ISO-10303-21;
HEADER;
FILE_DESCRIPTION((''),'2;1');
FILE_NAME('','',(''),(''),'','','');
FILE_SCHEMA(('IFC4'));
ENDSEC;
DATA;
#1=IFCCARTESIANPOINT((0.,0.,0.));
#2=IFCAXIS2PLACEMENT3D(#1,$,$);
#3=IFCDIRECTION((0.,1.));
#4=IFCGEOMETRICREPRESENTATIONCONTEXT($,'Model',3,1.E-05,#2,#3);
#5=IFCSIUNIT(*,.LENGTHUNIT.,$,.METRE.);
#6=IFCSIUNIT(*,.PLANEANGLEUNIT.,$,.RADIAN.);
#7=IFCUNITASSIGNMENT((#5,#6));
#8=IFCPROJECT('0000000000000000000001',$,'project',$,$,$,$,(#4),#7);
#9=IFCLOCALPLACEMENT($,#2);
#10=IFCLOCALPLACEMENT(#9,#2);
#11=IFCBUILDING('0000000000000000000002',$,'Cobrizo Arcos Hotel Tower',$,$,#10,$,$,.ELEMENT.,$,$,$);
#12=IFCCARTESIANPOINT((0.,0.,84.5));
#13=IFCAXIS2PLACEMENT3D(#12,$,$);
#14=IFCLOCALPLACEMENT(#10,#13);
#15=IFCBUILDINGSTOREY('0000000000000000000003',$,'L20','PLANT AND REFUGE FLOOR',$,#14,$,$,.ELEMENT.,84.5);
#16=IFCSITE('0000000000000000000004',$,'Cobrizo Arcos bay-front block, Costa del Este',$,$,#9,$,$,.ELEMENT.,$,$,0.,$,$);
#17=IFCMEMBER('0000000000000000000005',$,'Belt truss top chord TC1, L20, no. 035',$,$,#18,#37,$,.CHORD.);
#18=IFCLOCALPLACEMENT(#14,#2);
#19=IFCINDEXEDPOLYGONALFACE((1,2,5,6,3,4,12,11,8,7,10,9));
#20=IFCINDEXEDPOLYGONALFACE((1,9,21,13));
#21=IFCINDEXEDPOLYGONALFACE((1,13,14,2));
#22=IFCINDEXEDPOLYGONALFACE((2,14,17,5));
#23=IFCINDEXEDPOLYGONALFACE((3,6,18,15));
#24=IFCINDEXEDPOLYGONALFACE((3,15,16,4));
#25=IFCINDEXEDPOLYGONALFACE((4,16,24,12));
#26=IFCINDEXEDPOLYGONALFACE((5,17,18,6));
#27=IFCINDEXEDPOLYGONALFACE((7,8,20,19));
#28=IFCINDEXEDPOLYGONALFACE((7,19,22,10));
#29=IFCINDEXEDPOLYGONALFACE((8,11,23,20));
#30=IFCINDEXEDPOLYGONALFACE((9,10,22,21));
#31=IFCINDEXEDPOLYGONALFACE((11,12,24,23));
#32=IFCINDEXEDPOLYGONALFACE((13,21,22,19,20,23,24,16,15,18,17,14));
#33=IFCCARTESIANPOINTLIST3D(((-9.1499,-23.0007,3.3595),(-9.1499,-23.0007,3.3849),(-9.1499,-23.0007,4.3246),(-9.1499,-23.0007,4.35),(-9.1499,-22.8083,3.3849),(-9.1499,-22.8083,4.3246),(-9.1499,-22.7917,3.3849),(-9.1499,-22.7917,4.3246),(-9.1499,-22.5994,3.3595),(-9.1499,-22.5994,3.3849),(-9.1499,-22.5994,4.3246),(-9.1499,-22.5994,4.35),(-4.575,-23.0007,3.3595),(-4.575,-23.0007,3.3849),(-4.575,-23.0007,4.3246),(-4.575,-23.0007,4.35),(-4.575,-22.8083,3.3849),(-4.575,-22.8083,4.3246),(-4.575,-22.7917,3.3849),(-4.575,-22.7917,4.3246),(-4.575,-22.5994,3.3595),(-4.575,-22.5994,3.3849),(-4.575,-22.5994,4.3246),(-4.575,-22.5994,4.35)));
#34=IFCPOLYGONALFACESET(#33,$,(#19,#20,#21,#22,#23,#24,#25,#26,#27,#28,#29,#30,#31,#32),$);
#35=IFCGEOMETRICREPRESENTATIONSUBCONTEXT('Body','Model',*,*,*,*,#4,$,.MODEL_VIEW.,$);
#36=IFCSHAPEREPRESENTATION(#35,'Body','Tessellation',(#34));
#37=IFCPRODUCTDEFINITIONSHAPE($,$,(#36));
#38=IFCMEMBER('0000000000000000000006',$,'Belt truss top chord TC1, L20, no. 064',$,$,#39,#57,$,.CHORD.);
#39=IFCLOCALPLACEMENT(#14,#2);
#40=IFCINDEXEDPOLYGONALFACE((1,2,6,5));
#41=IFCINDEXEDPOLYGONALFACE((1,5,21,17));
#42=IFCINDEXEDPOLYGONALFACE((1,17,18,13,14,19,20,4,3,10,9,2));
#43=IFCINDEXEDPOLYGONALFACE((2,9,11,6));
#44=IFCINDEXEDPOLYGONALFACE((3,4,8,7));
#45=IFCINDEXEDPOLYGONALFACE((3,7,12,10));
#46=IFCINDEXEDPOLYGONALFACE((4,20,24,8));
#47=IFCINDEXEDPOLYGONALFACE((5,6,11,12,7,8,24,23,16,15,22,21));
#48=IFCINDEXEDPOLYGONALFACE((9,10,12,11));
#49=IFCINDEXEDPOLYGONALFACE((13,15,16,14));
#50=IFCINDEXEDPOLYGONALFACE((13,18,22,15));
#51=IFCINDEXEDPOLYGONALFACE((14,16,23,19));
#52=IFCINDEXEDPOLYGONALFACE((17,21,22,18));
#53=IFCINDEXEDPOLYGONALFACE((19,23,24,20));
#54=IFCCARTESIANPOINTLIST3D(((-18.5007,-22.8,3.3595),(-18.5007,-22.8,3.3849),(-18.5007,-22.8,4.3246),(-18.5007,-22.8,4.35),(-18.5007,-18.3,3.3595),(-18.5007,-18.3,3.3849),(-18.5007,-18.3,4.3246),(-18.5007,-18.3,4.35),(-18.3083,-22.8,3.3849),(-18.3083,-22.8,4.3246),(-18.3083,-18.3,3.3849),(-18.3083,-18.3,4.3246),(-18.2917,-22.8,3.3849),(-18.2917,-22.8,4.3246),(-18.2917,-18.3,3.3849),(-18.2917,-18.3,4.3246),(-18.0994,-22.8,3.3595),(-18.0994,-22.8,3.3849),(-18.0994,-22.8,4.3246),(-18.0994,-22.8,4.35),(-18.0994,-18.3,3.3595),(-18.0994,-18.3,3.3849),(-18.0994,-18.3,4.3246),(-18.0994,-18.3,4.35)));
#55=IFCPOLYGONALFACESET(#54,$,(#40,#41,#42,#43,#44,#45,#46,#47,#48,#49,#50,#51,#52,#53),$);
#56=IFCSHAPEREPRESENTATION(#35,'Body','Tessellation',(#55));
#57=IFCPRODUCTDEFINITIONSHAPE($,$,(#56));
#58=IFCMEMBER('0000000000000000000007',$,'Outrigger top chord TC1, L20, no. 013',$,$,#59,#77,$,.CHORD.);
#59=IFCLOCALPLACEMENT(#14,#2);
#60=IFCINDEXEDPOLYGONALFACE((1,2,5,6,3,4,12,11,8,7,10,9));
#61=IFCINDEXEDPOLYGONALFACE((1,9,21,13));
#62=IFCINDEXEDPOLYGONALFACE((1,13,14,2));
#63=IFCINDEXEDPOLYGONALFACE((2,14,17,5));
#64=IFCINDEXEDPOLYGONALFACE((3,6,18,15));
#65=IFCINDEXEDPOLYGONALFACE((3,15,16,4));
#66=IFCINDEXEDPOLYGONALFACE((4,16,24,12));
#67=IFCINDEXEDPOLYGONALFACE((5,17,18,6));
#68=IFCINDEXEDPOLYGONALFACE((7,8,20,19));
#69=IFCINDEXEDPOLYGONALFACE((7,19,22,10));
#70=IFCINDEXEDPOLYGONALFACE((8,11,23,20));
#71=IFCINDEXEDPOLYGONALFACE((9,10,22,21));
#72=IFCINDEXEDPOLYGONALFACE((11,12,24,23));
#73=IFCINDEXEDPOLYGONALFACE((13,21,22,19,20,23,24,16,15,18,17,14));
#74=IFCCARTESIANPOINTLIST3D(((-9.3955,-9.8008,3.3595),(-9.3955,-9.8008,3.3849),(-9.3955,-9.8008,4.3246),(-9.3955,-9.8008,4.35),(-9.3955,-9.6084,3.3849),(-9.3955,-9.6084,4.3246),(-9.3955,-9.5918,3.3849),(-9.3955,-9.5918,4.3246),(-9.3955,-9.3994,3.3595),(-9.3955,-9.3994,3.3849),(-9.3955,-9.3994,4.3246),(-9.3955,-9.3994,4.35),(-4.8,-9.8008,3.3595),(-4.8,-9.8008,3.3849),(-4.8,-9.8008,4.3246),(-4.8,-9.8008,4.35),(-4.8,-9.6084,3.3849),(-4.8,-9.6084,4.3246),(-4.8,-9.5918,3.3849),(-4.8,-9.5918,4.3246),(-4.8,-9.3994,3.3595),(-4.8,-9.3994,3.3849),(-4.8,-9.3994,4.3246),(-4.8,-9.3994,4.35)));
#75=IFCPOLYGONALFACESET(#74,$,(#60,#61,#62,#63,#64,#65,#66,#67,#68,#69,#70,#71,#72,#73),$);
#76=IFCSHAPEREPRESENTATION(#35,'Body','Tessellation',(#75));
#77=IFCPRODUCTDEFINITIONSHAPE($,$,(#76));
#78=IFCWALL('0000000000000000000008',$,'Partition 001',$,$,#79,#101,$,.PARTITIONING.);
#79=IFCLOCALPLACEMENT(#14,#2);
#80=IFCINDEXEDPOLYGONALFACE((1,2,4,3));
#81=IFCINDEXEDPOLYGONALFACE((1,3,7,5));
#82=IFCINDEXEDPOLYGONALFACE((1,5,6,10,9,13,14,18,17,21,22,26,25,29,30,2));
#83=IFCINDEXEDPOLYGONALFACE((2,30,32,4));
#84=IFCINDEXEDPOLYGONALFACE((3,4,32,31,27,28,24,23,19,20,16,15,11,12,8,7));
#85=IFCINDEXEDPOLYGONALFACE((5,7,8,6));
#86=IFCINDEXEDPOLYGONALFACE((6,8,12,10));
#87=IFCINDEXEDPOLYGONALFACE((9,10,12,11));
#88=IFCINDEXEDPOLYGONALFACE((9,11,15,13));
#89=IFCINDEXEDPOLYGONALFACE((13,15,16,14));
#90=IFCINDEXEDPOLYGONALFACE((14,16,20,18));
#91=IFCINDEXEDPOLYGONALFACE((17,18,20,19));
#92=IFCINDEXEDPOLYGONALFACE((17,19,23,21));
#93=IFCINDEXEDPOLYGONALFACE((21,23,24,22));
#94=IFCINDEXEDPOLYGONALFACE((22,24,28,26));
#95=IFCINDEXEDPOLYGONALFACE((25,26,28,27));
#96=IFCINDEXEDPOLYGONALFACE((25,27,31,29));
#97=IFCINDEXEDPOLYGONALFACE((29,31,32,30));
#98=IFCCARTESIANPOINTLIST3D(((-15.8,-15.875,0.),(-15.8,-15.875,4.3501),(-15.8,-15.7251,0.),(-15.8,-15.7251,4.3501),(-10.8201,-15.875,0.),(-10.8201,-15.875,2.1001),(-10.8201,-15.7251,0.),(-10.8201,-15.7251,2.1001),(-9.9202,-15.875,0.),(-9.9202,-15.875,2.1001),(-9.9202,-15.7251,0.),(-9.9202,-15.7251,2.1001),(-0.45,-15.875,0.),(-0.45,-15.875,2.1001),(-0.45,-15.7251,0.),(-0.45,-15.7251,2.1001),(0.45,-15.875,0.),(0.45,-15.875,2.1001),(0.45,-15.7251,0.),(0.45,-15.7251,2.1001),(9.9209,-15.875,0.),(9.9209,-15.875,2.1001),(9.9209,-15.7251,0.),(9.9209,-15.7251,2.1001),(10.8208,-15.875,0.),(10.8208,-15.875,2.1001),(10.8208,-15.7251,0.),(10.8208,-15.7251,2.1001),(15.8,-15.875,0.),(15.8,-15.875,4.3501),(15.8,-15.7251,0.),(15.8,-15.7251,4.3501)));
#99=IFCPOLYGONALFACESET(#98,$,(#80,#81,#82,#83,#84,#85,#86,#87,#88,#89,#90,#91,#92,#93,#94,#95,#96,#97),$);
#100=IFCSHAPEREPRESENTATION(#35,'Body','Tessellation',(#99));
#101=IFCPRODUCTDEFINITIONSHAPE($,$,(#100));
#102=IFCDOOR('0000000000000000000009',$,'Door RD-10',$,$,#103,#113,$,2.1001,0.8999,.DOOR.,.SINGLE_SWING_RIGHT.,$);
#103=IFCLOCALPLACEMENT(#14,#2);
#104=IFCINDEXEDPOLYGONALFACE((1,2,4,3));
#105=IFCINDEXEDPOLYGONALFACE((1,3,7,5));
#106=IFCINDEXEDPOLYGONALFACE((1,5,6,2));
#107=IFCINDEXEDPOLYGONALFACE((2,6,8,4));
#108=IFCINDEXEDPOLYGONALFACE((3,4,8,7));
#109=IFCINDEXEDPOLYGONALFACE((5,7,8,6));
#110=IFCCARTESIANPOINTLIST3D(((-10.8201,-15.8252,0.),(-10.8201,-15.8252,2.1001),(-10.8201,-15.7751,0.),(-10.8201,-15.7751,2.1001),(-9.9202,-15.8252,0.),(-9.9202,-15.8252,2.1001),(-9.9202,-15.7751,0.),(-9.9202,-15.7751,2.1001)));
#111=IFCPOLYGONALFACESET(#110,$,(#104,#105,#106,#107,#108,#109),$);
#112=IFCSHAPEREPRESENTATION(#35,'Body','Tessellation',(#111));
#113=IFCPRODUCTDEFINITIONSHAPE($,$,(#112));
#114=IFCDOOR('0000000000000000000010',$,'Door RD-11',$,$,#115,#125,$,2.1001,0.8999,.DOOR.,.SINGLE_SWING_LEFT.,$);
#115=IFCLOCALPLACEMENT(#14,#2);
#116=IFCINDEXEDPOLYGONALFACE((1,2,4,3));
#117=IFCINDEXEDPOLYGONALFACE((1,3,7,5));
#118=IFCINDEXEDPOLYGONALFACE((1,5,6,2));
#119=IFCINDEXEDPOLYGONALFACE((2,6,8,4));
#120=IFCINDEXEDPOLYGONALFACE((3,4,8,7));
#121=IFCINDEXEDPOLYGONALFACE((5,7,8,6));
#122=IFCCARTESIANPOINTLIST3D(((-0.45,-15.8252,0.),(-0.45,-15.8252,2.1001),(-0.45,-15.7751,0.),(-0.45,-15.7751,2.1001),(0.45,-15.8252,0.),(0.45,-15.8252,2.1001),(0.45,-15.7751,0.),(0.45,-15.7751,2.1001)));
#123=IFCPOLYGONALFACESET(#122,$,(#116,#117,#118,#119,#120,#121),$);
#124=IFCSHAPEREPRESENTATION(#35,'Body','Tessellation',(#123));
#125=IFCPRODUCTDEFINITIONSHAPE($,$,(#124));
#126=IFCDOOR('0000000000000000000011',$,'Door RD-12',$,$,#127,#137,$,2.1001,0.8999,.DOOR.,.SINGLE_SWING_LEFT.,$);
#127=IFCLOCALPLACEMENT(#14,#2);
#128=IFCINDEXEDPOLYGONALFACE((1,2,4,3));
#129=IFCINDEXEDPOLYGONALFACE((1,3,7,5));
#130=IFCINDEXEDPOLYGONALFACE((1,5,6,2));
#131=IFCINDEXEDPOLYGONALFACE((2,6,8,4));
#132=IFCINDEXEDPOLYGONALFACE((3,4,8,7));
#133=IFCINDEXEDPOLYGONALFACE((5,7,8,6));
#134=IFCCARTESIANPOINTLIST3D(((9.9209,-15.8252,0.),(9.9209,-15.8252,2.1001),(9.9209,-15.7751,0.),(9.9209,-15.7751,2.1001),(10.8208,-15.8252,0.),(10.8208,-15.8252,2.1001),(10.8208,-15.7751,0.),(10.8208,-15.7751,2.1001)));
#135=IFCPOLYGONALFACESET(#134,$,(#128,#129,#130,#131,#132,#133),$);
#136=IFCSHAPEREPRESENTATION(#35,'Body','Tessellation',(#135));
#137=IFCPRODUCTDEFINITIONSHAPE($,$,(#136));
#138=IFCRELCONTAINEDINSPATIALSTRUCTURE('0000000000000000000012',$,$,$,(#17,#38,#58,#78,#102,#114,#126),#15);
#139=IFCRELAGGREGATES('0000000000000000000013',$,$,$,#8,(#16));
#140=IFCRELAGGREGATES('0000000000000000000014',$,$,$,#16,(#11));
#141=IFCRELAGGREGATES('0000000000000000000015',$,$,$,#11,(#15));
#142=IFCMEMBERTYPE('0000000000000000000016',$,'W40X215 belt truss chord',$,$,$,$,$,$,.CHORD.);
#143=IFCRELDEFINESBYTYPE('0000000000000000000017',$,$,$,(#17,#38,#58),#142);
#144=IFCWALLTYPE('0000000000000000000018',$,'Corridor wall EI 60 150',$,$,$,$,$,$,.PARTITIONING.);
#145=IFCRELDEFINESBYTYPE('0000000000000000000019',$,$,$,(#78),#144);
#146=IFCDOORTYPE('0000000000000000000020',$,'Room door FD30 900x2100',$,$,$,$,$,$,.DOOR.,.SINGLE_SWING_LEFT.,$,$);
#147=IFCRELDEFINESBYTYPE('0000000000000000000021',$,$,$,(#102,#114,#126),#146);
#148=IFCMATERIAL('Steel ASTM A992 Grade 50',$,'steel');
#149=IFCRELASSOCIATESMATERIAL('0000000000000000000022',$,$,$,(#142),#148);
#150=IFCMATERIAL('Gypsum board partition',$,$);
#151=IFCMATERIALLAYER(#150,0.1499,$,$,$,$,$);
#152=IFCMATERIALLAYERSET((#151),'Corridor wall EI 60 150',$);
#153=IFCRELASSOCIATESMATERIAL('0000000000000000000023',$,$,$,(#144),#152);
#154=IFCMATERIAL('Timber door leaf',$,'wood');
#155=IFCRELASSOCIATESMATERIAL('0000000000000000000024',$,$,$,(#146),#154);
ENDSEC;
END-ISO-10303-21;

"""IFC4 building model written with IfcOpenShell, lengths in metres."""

from ifc_helpers import new_model, si_unit, direction, frame, frame_2d, origin, origin_2d, place, context, subcontext, project, spatial, rectangle, i_section, extrude, material, layer, layer_set, material_profile, profile_set, type_object, element, fill, save


model = new_model("IFC4")

# Units and contexts
model_context = context("Model", 3, precision=1e-05, world=origin(), true_north=direction((0.0, 1.0)))
body_context = subcontext(model_context, "Body", "Model", "MODEL_VIEW")
ifc_project = project(units=[si_unit("LENGTHUNIT", "METRE"), si_unit("PLANEANGLEUNIT", "RADIAN")], contexts=[model_context])

# Site, building, storey
site_placement = place(None, origin())
site = spatial("IfcSite", under=ifc_project, at=site_placement, Name="Cobrizo Arcos bay-front block, Costa del Este", CompositionType="ELEMENT", RefElevation=0.0)
building_placement = place(site_placement, origin())
building = spatial("IfcBuilding", under=site, at=building_placement, Name="Cobrizo Arcos Hotel Tower", CompositionType="ELEMENT")
storey_placement = place(building_placement, frame((0.0, 0.0, 84.5)))
storey = spatial("IfcBuildingStorey", under=building, at=storey_placement, Name="L20", Description="PLANT AND REFUGE FLOOR", CompositionType="ELEMENT", Elevation=84.5)

# Members
ifc_material_1 = material(Name="Steel ASTM A992 Grade 50", Category="steel")
ifc_material_profile = material_profile(ifc_material_1, i_section(OverallWidth=0.4014, OverallDepth=0.9905, WebThickness=0.0166, FlangeThickness=0.0254, at=origin_2d()), Name="W40X215")
ifc_profile_set = profile_set([ifc_material_profile], Name="Steel ASTM A992 Grade 50")
member_type = type_object("IfcMemberType", Name="W40X215 belt truss chord", PredefinedType="CHORD", material=ifc_profile_set)
member_1_placement = place(storey_placement, frame((-9.1499, -22.8, 3.8547), z_axis=(1.0, 0.0, 0.0), x_axis=(0.0, 1.0, 0.0)))
element("IfcMember", 1, at=member_1_placement, inside=storey, type_object=member_type, Name="Belt truss top chord TC1, L20, no. 035", PredefinedType="CHORD", context=body_context, shape_type="SweptSolid", body=[
    extrude(i_section(OverallWidth=0.4014, OverallDepth=0.9905, WebThickness=0.0166, FlangeThickness=0.0254, at=origin_2d()), origin(), (0.0, 0.0, 1.0), 4.575),
])
member_2_placement = place(storey_placement, frame((-18.3, -18.3, 3.8547), z_axis=(0.0, -1.0, 0.0), x_axis=(1.0, 0.0, 0.0)))
element("IfcMember", 2, at=member_2_placement, inside=storey, type_object=member_type, Name="Belt truss top chord TC1, L20, no. 064", PredefinedType="CHORD", context=body_context, shape_type="SweptSolid", body=[
    extrude(i_section(OverallWidth=0.4014, OverallDepth=0.9905, WebThickness=0.0166, FlangeThickness=0.0254, at=origin_2d()), origin(), (0.0, 0.0, 1.0), 4.5),
])
member_3_placement = place(storey_placement, frame((-9.3955, -9.6001, 3.8547), z_axis=(1.0, 0.0, 0.0), x_axis=(0.0, 1.0, 0.0)))
element("IfcMember", 3, at=member_3_placement, inside=storey, type_object=member_type, Name="Outrigger top chord TC1, L20, no. 013", PredefinedType="CHORD", context=body_context, shape_type="SweptSolid", body=[
    extrude(i_section(OverallWidth=0.4014, OverallDepth=0.9905, WebThickness=0.0166, FlangeThickness=0.0254, at=origin_2d()), origin(), (0.0, 0.0, 1.0), 4.5955),
])

# Wall, openings, doors
ifc_material_2 = material(Name="Gypsum board partition")
ifc_layer_1 = layer(ifc_material_2, 0.1499)
ifc_layer_set_1 = layer_set([ifc_layer_1], Name="Corridor wall EI 60 150")
wall_type_1 = type_object("IfcWallType", Name="Corridor wall EI 60 150", PredefinedType="PARTITIONING", material=ifc_layer_set_1)
wall_1_placement = place(storey_placement, frame((-15.8, -15.8, 0.0), z_axis=(0.0, 0.0, 1.0), x_axis=(1.0, 0.0, 0.0)))
wall_1 = element("IfcWall", 4, at=wall_1_placement, inside=storey, type_object=wall_type_1, Name="Partition 001", PredefinedType="PARTITIONING", context=body_context, shape_type="SweptSolid", body=[
    extrude(rectangle(XDim=31.6001, YDim=0.1499, at=frame_2d((15.8, 0.0))), origin(), (0.0, 0.0, 1.0), 4.3501),
])
opening_1_placement = place(wall_1_placement, frame((4.98, 0.0, 0.0)))
opening_1 = element("IfcOpeningElement", 5, at=opening_1_placement, cuts=wall_1, PredefinedType="OPENING", context=body_context, shape_type="SweptSolid", body=[
    extrude(rectangle(XDim=0.8999, YDim=2.1001, at=frame_2d((0.45, 1.05))), frame((0.0, 0.0869, 0.0), z_axis=(0.0, -1.0, 0.0), x_axis=(1.0, 0.0, 0.0)), (0.0, 0.0, 1.0), 0.1738),
])
opening_2_placement = place(wall_1_placement, frame((15.3501, 0.0, 0.0)))
opening_2 = element("IfcOpeningElement", 6, at=opening_2_placement, cuts=wall_1, PredefinedType="OPENING", context=body_context, shape_type="SweptSolid", body=[
    extrude(rectangle(XDim=0.8999, YDim=2.1001, at=frame_2d((0.45, 1.05))), frame((0.0, 0.0869, 0.0), z_axis=(0.0, -1.0, 0.0), x_axis=(1.0, 0.0, 0.0)), (0.0, 0.0, 1.0), 0.1738),
])
opening_3_placement = place(wall_1_placement, frame((25.7209, 0.0, 0.0)))
opening_3 = element("IfcOpeningElement", 7, at=opening_3_placement, cuts=wall_1, PredefinedType="OPENING", context=body_context, shape_type="SweptSolid", body=[
    extrude(rectangle(XDim=0.8999, YDim=2.1001, at=frame_2d((0.45, 1.05))), frame((0.0, 0.0869, 0.0), z_axis=(0.0, -1.0, 0.0), x_axis=(1.0, 0.0, 0.0)), (0.0, 0.0, 1.0), 0.1738),
])
ifc_material_3 = material(Name="Timber door leaf", Category="wood")
door_type_1 = type_object("IfcDoorType", Name="Room door FD30 900x2100", OperationType="SINGLE_SWING_LEFT", PredefinedType="DOOR", material=ifc_material_3)
door_1_placement = place(opening_1_placement, origin())
door_1 = element("IfcDoor", 8, at=door_1_placement, inside=storey, type_object=door_type_1, Name="Door RD-10", OperationType="SINGLE_SWING_RIGHT", OverallHeight=2.1001, OverallWidth=0.8999, PredefinedType="DOOR", context=body_context, shape_type="SweptSolid", body=[
    extrude(rectangle(XDim=0.8999, YDim=2.1001, at=frame_2d((0.45, 1.05))), frame((0.0, 0.0249, 0.0), z_axis=(0.0, -1.0, 0.0), x_axis=(1.0, 0.0, 0.0)), (0.0, 0.0, 1.0), 0.05),
])
fill(opening_1, door_1)
door_2_placement = place(opening_2_placement, origin())
door_2 = element("IfcDoor", 9, at=door_2_placement, inside=storey, type_object=door_type_1, Name="Door RD-11", OperationType="SINGLE_SWING_LEFT", OverallHeight=2.1001, OverallWidth=0.8999, PredefinedType="DOOR", context=body_context, shape_type="SweptSolid", body=[
    extrude(rectangle(XDim=0.8999, YDim=2.1001, at=frame_2d((0.45, 1.05))), frame((0.0, 0.0249, 0.0), z_axis=(0.0, -1.0, 0.0), x_axis=(1.0, 0.0, 0.0)), (0.0, 0.0, 1.0), 0.05),
])
fill(opening_2, door_2)
door_3_placement = place(opening_3_placement, origin())
door_3 = element("IfcDoor", 10, at=door_3_placement, inside=storey, type_object=door_type_1, Name="Door RD-12", OperationType="SINGLE_SWING_LEFT", OverallHeight=2.1001, OverallWidth=0.8999, PredefinedType="DOOR", context=body_context, shape_type="SweptSolid", body=[
    extrude(rectangle(XDim=0.8999, YDim=2.1001, at=frame_2d((0.45, 1.05))), frame((0.0, 0.0249, 0.0), z_axis=(0.0, -1.0, 0.0), x_axis=(1.0, 0.0, 0.0)), (0.0, 0.0, 1.0), 0.05),
])
fill(opening_3, door_3)

save(model, "model.ifc")
